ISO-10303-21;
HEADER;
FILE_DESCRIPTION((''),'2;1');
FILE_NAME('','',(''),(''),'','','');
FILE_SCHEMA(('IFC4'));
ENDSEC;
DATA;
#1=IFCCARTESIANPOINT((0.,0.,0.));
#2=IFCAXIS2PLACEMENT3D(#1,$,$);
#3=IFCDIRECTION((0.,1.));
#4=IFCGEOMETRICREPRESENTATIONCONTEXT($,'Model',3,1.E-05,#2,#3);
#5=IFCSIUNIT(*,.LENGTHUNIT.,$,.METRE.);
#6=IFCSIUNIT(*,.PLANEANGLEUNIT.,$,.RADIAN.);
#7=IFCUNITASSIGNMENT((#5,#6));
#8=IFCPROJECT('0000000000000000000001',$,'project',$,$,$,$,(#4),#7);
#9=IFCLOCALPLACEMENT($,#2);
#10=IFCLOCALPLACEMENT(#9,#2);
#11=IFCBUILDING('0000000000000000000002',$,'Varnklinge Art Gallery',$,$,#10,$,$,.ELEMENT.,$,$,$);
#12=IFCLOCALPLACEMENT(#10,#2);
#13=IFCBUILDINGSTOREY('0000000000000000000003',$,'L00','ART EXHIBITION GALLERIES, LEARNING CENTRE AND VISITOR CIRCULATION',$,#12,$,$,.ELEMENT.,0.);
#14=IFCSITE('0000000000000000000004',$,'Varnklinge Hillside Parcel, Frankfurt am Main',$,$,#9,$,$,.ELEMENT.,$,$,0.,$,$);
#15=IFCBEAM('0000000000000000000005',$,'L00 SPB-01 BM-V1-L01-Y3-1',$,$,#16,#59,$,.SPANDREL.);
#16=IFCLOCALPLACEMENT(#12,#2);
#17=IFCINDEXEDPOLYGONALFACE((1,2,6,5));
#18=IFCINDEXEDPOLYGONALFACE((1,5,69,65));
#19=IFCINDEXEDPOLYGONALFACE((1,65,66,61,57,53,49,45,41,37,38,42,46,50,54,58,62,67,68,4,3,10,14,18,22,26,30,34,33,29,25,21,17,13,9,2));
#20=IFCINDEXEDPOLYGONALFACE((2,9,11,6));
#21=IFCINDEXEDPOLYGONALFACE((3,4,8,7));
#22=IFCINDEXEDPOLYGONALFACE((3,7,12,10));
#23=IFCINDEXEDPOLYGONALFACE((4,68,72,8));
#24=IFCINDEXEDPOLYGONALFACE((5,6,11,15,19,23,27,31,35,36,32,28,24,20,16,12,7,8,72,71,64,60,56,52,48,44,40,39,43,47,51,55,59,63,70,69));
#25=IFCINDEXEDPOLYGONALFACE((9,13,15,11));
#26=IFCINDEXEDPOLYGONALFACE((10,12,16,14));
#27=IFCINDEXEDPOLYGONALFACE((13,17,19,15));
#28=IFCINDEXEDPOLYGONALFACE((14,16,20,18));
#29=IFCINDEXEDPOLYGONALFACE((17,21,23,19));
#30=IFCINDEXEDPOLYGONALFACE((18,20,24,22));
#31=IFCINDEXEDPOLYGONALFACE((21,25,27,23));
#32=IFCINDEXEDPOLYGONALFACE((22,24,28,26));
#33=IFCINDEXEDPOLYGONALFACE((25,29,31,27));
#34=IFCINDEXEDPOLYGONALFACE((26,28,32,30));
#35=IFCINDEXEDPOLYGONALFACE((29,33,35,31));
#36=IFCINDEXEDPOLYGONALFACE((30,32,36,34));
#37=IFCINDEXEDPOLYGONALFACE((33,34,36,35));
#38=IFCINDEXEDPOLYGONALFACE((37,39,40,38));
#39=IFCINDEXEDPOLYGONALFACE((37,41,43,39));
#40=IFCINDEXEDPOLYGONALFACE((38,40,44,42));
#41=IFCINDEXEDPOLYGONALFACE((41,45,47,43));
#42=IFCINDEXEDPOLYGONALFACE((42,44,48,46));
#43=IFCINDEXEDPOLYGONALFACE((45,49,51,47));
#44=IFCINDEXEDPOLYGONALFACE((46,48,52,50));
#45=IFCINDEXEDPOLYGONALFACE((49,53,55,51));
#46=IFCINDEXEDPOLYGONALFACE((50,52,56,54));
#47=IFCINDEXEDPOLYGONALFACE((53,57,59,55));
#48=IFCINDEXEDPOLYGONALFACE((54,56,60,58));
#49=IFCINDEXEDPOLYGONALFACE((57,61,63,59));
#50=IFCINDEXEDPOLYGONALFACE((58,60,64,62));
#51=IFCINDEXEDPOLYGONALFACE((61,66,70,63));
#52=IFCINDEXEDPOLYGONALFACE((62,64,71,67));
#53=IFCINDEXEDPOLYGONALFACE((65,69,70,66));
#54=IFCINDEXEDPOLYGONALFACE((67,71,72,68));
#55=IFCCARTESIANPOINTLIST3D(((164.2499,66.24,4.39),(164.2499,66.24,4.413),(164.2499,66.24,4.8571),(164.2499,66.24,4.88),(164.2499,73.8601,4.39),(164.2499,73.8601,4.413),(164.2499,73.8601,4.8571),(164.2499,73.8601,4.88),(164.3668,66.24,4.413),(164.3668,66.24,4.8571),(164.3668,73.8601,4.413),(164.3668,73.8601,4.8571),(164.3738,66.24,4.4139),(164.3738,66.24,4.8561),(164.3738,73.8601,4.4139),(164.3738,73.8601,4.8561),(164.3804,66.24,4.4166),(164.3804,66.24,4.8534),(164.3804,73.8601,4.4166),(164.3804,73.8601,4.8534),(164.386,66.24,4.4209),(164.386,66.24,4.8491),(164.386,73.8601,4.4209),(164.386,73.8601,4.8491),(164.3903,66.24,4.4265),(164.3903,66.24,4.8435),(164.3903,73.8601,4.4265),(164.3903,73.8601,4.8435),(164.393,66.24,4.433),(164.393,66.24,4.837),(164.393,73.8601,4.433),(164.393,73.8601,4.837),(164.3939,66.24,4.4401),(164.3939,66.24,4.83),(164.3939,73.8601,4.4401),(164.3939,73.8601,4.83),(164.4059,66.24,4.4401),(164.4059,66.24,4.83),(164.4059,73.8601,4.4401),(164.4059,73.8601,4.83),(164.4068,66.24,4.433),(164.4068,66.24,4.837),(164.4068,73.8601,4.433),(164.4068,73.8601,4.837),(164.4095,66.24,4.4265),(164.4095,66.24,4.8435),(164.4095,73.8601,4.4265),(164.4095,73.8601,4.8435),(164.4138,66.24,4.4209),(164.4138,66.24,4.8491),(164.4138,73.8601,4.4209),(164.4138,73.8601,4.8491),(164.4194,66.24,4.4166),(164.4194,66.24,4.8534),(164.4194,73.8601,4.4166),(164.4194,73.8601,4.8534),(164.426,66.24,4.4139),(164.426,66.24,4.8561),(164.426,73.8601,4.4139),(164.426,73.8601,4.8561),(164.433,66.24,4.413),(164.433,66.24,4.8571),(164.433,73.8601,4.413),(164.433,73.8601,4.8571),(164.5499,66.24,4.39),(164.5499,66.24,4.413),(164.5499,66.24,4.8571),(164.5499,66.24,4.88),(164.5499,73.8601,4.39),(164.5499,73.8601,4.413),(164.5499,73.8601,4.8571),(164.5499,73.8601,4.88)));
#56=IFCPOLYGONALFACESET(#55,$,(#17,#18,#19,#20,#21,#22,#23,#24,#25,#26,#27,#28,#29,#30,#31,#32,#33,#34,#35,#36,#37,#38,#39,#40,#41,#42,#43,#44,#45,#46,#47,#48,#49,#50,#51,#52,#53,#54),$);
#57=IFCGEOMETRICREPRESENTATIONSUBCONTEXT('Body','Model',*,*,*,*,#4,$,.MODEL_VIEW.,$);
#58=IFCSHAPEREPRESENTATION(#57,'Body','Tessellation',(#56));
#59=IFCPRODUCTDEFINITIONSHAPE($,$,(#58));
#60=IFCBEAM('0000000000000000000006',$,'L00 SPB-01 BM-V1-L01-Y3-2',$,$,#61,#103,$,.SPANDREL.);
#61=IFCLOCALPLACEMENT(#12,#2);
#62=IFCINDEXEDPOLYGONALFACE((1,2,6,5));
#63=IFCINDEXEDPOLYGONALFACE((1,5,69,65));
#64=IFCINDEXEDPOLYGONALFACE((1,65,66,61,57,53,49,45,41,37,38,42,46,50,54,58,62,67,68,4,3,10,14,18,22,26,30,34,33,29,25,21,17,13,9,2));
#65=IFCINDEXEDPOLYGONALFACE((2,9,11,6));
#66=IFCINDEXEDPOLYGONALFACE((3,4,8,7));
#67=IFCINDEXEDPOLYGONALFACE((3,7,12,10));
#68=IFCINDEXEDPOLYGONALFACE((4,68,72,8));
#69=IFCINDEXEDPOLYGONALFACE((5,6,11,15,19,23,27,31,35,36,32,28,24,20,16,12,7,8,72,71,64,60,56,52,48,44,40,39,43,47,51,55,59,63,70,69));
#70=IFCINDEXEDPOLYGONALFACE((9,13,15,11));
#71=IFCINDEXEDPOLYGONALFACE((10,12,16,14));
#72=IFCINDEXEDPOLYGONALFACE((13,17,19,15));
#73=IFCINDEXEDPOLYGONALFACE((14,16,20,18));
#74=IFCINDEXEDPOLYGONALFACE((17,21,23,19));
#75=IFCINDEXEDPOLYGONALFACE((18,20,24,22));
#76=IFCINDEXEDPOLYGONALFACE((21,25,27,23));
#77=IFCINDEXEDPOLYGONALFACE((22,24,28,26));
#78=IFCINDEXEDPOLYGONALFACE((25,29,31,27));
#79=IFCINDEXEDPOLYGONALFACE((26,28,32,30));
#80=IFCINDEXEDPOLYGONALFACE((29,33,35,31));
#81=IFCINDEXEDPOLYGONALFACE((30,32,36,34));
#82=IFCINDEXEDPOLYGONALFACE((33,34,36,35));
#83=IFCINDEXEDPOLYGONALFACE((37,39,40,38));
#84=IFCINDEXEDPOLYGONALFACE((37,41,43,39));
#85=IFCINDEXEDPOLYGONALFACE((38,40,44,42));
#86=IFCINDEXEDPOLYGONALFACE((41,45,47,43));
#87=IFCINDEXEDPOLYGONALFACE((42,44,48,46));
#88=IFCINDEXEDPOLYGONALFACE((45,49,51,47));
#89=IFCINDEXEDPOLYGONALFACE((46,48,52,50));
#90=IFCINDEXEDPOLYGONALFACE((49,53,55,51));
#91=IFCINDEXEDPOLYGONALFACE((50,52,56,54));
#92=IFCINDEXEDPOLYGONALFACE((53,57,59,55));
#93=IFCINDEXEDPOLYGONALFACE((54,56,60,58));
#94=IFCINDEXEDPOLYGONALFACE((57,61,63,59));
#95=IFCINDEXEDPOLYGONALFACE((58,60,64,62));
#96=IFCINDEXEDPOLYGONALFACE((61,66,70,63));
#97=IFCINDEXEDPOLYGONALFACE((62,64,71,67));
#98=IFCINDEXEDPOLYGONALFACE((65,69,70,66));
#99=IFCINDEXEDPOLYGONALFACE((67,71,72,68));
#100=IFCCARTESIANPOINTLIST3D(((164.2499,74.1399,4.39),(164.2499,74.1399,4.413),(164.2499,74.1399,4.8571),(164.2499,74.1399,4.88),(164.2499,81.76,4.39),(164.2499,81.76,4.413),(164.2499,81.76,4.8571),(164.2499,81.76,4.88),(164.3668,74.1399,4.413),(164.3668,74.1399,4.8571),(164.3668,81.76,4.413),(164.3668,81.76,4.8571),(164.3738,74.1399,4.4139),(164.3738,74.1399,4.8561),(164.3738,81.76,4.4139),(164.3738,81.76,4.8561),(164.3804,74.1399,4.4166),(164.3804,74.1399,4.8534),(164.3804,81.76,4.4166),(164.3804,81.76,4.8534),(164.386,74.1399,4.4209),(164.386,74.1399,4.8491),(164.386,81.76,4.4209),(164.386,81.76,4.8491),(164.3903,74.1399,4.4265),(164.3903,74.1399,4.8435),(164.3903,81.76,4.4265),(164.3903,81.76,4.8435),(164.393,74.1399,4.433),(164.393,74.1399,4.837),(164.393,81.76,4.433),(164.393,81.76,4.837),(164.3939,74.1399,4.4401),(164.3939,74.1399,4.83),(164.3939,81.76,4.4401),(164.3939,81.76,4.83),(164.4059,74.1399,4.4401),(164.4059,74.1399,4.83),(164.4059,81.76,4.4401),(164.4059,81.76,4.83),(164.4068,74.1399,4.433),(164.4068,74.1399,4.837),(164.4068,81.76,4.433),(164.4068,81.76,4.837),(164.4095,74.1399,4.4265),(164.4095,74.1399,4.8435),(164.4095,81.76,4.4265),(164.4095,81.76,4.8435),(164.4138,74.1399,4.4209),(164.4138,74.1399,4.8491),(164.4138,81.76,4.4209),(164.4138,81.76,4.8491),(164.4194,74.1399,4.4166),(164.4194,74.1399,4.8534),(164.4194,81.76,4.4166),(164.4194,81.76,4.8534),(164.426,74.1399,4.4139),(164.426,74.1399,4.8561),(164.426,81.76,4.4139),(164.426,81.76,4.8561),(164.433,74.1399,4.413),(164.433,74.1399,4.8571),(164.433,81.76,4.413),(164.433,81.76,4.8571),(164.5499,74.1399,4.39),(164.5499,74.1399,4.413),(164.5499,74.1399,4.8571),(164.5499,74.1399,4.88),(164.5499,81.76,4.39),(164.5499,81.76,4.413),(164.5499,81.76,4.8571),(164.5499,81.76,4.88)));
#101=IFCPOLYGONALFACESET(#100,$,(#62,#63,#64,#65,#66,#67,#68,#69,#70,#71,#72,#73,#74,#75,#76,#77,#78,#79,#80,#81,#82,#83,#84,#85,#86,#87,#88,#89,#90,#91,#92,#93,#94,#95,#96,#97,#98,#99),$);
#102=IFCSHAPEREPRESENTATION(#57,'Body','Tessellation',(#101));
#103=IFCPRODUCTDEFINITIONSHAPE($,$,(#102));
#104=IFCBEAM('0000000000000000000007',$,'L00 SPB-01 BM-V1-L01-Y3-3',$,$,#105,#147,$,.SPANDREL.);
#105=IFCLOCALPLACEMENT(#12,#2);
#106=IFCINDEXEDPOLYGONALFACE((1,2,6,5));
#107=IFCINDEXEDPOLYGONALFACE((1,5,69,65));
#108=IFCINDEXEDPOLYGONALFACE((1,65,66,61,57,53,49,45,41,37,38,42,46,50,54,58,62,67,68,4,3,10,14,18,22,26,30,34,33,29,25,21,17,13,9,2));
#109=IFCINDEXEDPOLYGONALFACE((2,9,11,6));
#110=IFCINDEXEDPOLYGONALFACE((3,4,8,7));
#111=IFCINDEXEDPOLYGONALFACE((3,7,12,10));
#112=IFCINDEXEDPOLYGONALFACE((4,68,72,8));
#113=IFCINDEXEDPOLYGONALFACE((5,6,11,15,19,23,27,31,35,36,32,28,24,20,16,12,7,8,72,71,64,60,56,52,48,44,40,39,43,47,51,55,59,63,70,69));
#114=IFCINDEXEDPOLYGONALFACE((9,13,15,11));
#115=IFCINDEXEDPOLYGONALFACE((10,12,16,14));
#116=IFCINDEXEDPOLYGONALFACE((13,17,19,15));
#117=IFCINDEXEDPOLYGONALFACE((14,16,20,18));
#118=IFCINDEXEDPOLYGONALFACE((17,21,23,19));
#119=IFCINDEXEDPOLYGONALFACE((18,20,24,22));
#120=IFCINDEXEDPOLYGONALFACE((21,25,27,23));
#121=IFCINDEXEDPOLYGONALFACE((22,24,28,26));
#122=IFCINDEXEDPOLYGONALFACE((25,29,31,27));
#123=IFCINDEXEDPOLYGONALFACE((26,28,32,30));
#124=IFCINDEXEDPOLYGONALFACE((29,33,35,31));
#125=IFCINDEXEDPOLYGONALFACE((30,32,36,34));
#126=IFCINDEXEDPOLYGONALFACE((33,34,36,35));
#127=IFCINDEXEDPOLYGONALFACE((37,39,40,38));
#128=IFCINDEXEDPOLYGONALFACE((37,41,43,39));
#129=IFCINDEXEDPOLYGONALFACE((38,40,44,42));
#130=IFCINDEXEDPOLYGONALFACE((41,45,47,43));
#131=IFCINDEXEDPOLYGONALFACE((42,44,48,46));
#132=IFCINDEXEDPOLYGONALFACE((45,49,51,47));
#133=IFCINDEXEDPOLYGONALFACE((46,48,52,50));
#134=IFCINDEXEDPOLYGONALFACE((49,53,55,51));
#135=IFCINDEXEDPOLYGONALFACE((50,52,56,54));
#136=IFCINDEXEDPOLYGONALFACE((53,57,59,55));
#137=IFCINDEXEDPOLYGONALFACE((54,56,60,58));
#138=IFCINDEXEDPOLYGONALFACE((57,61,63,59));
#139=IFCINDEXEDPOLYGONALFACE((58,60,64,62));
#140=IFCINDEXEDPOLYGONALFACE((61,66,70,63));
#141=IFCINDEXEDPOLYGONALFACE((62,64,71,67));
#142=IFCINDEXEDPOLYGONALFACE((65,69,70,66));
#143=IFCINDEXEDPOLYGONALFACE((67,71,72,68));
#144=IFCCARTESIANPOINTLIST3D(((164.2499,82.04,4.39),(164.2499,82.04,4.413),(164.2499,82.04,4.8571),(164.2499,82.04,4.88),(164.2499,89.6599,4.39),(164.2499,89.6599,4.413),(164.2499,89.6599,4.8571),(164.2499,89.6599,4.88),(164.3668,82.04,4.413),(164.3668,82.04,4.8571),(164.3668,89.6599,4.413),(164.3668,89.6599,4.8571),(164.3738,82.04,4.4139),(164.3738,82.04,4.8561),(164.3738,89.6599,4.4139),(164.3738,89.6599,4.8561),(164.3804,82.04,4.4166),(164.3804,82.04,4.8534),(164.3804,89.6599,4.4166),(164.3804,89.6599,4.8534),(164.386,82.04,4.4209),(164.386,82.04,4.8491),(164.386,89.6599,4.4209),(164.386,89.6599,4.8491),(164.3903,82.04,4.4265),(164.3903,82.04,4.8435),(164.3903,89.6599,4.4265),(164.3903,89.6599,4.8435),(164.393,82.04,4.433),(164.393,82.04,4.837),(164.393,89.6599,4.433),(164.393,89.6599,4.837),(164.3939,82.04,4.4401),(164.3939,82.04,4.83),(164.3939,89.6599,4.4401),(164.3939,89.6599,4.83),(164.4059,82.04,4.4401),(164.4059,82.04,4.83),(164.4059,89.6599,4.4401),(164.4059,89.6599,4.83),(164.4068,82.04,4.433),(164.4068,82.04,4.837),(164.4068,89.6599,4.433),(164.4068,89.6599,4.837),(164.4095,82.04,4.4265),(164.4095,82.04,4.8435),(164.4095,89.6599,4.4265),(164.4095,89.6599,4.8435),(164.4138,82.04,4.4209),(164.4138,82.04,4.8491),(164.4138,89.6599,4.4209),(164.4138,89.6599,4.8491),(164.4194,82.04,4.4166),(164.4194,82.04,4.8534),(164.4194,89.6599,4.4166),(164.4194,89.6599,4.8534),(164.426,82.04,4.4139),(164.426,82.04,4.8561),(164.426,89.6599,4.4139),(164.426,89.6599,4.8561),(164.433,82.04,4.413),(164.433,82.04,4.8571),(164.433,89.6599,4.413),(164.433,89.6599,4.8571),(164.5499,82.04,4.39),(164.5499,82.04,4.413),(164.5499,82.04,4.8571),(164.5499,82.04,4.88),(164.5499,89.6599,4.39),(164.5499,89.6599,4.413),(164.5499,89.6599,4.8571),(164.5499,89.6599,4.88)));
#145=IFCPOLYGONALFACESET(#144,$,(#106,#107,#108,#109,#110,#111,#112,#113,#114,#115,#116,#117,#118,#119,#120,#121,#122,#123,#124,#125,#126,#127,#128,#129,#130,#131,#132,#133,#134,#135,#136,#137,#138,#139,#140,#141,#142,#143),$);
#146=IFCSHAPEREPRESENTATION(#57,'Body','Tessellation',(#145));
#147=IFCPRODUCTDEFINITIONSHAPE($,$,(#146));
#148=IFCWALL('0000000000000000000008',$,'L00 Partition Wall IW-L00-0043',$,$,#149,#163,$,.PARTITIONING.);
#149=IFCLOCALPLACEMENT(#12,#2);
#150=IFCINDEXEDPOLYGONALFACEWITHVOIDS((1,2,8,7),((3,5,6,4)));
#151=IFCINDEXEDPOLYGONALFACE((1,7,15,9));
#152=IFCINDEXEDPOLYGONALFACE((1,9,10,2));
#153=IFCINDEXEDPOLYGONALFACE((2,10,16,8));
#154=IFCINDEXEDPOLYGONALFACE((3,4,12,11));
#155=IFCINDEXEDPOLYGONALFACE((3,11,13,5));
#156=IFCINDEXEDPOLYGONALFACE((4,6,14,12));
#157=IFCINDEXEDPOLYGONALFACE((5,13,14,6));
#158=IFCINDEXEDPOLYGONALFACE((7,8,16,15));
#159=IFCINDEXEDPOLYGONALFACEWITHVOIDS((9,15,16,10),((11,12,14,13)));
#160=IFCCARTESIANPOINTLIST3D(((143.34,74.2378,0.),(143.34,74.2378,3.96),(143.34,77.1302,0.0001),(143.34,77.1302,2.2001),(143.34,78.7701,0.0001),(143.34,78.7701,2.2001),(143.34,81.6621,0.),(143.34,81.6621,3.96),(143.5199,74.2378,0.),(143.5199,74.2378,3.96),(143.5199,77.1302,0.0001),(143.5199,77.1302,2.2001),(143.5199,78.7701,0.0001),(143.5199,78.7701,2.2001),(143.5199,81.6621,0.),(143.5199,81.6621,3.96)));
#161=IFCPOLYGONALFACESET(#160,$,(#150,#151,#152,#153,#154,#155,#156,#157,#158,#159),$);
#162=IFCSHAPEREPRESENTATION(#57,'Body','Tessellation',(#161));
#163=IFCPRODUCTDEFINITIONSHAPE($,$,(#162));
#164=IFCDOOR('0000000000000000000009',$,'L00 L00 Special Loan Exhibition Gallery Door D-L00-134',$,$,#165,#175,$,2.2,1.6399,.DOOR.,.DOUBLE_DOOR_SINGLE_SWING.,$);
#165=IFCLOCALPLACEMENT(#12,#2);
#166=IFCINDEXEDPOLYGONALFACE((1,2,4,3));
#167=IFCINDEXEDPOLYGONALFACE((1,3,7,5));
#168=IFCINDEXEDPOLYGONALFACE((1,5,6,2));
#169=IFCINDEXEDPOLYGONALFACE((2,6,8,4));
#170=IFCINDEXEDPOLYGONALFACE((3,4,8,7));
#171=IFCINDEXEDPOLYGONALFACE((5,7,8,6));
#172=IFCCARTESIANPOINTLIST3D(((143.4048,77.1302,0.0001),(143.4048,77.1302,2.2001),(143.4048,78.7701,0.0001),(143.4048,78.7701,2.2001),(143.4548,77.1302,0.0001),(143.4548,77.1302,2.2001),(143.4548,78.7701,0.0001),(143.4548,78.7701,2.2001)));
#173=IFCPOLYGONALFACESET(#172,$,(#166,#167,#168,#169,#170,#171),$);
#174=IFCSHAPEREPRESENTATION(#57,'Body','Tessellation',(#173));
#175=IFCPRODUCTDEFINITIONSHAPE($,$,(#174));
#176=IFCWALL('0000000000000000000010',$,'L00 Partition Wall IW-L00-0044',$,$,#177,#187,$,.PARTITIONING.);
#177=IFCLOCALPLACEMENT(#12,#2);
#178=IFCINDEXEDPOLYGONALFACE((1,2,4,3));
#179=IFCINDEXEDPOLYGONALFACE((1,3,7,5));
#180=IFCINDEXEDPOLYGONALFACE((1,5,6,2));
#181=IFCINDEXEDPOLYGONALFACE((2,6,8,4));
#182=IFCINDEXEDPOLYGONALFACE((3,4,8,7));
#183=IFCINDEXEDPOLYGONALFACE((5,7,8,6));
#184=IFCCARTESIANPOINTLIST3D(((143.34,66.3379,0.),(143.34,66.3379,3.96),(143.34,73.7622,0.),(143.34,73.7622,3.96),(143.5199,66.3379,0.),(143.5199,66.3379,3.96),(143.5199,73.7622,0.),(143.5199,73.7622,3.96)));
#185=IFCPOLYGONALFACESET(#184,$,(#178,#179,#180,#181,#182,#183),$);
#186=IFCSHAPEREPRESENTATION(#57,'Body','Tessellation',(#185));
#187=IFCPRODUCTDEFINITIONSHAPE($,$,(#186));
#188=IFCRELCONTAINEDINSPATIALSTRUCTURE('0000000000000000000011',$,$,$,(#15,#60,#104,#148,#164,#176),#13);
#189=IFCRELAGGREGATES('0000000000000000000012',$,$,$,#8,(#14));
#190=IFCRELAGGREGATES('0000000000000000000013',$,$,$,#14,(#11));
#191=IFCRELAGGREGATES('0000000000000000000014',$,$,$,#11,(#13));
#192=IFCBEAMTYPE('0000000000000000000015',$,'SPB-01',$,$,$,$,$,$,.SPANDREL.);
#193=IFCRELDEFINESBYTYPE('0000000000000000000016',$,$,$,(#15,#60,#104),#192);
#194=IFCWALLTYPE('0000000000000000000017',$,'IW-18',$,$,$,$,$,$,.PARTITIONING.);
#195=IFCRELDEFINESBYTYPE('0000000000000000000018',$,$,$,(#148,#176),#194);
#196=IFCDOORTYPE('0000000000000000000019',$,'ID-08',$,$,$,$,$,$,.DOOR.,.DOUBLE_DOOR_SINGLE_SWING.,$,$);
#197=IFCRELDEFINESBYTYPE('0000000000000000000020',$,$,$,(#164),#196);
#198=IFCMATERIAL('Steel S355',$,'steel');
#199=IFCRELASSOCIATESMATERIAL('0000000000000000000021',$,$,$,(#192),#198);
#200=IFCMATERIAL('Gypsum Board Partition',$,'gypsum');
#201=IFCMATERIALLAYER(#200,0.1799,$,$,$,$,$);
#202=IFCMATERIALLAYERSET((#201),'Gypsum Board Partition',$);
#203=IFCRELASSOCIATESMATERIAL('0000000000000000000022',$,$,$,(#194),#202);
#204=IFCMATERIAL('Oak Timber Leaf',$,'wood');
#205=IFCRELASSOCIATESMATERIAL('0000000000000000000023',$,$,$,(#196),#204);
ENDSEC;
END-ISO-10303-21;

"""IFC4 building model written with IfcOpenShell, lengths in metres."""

from ifc_helpers import new_model, si_unit, direction, frame, frame_2d, origin, origin_2d, place, context, subcontext, project, spatial, rectangle, i_section, extrude, material, layer, layer_set, material_profile, profile_set, type_object, element, fill, save


model = new_model("IFC4")

# Units and contexts
model_context = context("Model", 3, precision=1e-05, world=origin(), true_north=direction((0.0, 1.0)))
body_context = subcontext(model_context, "Body", "Model", "MODEL_VIEW")
ifc_project = project(units=[si_unit("LENGTHUNIT", "METRE"), si_unit("PLANEANGLEUNIT", "RADIAN")], contexts=[model_context])

# Site, building, storey
site_placement = place(None, origin())
site = spatial("IfcSite", under=ifc_project, at=site_placement, Name="Varnklinge Hillside Parcel, Frankfurt am Main", CompositionType="ELEMENT", RefElevation=0.0)
building_placement = place(site_placement, origin())
building = spatial("IfcBuilding", under=site, at=building_placement, Name="Varnklinge Art Gallery", CompositionType="ELEMENT")
storey_placement = place(building_placement, origin())
storey = spatial("IfcBuildingStorey", under=building, at=storey_placement, Name="L00", Description="ART EXHIBITION GALLERIES, LEARNING CENTRE AND VISITOR CIRCULATION", CompositionType="ELEMENT", Elevation=0.0)

# Beams
ifc_material_1 = material(Name="Steel S355", Category="steel")
ifc_material_profile_1 = material_profile(ifc_material_1, i_section(OverallWidth=0.3, OverallDepth=0.49, WebThickness=0.012, FlangeThickness=0.0229, FilletRadius=0.0271, at=origin_2d()), Name="HEA 500")
ifc_profile_set_1 = profile_set([ifc_material_profile_1], Name="Steel S355")
beam_type_1 = type_object("IfcBeamType", Name="SPB-01", PredefinedType="SPANDREL", material=ifc_profile_set_1)
for number, where, z_axis, x_axis, name in (
    (1, (164.3999, 66.24, 4.635), (0.0, 1.0, 0.0), (-1.0, 0.0, 0.0), "L00 SPB-01 BM-V1-L01-Y3-1"),
    (2, (164.3999, 74.1399, 4.635), (0.0, 1.0, 0.0), (-1.0, 0.0, 0.0), "L00 SPB-01 BM-V1-L01-Y3-2"),
):
    element("IfcBeam", number, at=place(storey_placement, frame(where, z_axis=z_axis, x_axis=x_axis)), inside=storey, type_object=beam_type_1, Name=name, PredefinedType="SPANDREL", context=body_context, shape_type="SweptSolid", body=[
        extrude(i_section(OverallWidth=0.3, OverallDepth=0.49, WebThickness=0.012, FlangeThickness=0.0229, FilletRadius=0.0271, at=origin_2d()), origin(), (0.0, 0.0, 1.0), 7.6201),
    ])
beam_placement = place(storey_placement, frame((164.3999, 82.04, 4.635), z_axis=(0.0, 1.0, 0.0), x_axis=(-1.0, 0.0, 0.0)))
element("IfcBeam", 3, at=beam_placement, inside=storey, type_object=beam_type_1, Name="L00 SPB-01 BM-V1-L01-Y3-3", PredefinedType="SPANDREL", context=body_context, shape_type="SweptSolid", body=[
    extrude(i_section(OverallWidth=0.3, OverallDepth=0.49, WebThickness=0.012, FlangeThickness=0.0229, FilletRadius=0.0271, at=origin_2d()), origin(), (0.0, 0.0, 1.0), 7.6199),
])

# Wall, opening, door
ifc_material_2 = material(Name="Gypsum Board Partition", Category="gypsum")
ifc_layer = layer(ifc_material_2, 0.1799)
ifc_layer_set = layer_set([ifc_layer], Name="Gypsum Board Partition")
wall_type = type_object("IfcWallType", Name="IW-18", PredefinedType="PARTITIONING", material=ifc_layer_set)
wall_1_placement = place(storey_placement, frame((143.4299, 81.6621, 0.0), z_axis=(0.0, 0.0, 1.0), x_axis=(0.0, -1.0, 0.0)))
wall_1 = element("IfcWall", 4, at=wall_1_placement, inside=storey, type_object=wall_type, Name="L00 Partition Wall IW-L00-0043", PredefinedType="PARTITIONING", context=body_context, shape_type="SweptSolid", body=[
    extrude(rectangle(XDim=7.4243, YDim=0.1799, at=frame_2d((3.7122, 0.0))), origin(), (0.0, 0.0, 1.0), 3.96),
])
opening_placement = place(wall_1_placement, frame((2.8921, 0.0, 0.0)))
opening = element("IfcOpeningElement", 5, at=opening_placement, cuts=wall_1, PredefinedType="OPENING", context=body_context, shape_type="SweptSolid", body=[
    extrude(rectangle(XDim=1.6399, YDim=2.2, at=frame_2d((0.8198, 1.1001))), frame((0.0, 0.0999, 0.0), z_axis=(0.0, -1.0, 0.0), x_axis=(1.0, 0.0, 0.0)), (0.0, 0.0, 1.0), 0.2),
])
ifc_material_3 = material(Name="Oak Timber Leaf", Category="wood")
door_type = type_object("IfcDoorType", Name="ID-08", OperationType="DOUBLE_DOOR_SINGLE_SWING", PredefinedType="DOOR", material=ifc_material_3)
door_placement = place(opening_placement, origin())
door = element("IfcDoor", 6, at=door_placement, inside=storey, type_object=door_type, Name="L00 L00 Special Loan Exhibition Gallery Door D-L00-134", OperationType="DOUBLE_DOOR_SINGLE_SWING", OverallHeight=2.2, OverallWidth=1.6399, PredefinedType="DOOR", context=body_context, shape_type="SweptSolid", body=[
    extrude(rectangle(XDim=1.6399, YDim=2.2, at=frame_2d((0.8198, 1.1001))), frame((0.0, 0.0249, 0.0), z_axis=(0.0, -1.0, 0.0), x_axis=(1.0, 0.0, 0.0)), (0.0, 0.0, 1.0), 0.05),
])
fill(opening, door)

# Wall
wall_2_placement = place(storey_placement, frame((143.4299, 73.7622, 0.0), z_axis=(0.0, 0.0, 1.0), x_axis=(0.0, -1.0, 0.0)))
element("IfcWall", 7, at=wall_2_placement, inside=storey, type_object=wall_type, Name="L00 Partition Wall IW-L00-0044", PredefinedType="PARTITIONING", context=body_context, shape_type="SweptSolid", body=[
    extrude(rectangle(XDim=7.4243, YDim=0.1799, at=frame_2d((3.7122, 0.0))), origin(), (0.0, 0.0, 1.0), 3.96),
])

save(model, "model.ifc")
